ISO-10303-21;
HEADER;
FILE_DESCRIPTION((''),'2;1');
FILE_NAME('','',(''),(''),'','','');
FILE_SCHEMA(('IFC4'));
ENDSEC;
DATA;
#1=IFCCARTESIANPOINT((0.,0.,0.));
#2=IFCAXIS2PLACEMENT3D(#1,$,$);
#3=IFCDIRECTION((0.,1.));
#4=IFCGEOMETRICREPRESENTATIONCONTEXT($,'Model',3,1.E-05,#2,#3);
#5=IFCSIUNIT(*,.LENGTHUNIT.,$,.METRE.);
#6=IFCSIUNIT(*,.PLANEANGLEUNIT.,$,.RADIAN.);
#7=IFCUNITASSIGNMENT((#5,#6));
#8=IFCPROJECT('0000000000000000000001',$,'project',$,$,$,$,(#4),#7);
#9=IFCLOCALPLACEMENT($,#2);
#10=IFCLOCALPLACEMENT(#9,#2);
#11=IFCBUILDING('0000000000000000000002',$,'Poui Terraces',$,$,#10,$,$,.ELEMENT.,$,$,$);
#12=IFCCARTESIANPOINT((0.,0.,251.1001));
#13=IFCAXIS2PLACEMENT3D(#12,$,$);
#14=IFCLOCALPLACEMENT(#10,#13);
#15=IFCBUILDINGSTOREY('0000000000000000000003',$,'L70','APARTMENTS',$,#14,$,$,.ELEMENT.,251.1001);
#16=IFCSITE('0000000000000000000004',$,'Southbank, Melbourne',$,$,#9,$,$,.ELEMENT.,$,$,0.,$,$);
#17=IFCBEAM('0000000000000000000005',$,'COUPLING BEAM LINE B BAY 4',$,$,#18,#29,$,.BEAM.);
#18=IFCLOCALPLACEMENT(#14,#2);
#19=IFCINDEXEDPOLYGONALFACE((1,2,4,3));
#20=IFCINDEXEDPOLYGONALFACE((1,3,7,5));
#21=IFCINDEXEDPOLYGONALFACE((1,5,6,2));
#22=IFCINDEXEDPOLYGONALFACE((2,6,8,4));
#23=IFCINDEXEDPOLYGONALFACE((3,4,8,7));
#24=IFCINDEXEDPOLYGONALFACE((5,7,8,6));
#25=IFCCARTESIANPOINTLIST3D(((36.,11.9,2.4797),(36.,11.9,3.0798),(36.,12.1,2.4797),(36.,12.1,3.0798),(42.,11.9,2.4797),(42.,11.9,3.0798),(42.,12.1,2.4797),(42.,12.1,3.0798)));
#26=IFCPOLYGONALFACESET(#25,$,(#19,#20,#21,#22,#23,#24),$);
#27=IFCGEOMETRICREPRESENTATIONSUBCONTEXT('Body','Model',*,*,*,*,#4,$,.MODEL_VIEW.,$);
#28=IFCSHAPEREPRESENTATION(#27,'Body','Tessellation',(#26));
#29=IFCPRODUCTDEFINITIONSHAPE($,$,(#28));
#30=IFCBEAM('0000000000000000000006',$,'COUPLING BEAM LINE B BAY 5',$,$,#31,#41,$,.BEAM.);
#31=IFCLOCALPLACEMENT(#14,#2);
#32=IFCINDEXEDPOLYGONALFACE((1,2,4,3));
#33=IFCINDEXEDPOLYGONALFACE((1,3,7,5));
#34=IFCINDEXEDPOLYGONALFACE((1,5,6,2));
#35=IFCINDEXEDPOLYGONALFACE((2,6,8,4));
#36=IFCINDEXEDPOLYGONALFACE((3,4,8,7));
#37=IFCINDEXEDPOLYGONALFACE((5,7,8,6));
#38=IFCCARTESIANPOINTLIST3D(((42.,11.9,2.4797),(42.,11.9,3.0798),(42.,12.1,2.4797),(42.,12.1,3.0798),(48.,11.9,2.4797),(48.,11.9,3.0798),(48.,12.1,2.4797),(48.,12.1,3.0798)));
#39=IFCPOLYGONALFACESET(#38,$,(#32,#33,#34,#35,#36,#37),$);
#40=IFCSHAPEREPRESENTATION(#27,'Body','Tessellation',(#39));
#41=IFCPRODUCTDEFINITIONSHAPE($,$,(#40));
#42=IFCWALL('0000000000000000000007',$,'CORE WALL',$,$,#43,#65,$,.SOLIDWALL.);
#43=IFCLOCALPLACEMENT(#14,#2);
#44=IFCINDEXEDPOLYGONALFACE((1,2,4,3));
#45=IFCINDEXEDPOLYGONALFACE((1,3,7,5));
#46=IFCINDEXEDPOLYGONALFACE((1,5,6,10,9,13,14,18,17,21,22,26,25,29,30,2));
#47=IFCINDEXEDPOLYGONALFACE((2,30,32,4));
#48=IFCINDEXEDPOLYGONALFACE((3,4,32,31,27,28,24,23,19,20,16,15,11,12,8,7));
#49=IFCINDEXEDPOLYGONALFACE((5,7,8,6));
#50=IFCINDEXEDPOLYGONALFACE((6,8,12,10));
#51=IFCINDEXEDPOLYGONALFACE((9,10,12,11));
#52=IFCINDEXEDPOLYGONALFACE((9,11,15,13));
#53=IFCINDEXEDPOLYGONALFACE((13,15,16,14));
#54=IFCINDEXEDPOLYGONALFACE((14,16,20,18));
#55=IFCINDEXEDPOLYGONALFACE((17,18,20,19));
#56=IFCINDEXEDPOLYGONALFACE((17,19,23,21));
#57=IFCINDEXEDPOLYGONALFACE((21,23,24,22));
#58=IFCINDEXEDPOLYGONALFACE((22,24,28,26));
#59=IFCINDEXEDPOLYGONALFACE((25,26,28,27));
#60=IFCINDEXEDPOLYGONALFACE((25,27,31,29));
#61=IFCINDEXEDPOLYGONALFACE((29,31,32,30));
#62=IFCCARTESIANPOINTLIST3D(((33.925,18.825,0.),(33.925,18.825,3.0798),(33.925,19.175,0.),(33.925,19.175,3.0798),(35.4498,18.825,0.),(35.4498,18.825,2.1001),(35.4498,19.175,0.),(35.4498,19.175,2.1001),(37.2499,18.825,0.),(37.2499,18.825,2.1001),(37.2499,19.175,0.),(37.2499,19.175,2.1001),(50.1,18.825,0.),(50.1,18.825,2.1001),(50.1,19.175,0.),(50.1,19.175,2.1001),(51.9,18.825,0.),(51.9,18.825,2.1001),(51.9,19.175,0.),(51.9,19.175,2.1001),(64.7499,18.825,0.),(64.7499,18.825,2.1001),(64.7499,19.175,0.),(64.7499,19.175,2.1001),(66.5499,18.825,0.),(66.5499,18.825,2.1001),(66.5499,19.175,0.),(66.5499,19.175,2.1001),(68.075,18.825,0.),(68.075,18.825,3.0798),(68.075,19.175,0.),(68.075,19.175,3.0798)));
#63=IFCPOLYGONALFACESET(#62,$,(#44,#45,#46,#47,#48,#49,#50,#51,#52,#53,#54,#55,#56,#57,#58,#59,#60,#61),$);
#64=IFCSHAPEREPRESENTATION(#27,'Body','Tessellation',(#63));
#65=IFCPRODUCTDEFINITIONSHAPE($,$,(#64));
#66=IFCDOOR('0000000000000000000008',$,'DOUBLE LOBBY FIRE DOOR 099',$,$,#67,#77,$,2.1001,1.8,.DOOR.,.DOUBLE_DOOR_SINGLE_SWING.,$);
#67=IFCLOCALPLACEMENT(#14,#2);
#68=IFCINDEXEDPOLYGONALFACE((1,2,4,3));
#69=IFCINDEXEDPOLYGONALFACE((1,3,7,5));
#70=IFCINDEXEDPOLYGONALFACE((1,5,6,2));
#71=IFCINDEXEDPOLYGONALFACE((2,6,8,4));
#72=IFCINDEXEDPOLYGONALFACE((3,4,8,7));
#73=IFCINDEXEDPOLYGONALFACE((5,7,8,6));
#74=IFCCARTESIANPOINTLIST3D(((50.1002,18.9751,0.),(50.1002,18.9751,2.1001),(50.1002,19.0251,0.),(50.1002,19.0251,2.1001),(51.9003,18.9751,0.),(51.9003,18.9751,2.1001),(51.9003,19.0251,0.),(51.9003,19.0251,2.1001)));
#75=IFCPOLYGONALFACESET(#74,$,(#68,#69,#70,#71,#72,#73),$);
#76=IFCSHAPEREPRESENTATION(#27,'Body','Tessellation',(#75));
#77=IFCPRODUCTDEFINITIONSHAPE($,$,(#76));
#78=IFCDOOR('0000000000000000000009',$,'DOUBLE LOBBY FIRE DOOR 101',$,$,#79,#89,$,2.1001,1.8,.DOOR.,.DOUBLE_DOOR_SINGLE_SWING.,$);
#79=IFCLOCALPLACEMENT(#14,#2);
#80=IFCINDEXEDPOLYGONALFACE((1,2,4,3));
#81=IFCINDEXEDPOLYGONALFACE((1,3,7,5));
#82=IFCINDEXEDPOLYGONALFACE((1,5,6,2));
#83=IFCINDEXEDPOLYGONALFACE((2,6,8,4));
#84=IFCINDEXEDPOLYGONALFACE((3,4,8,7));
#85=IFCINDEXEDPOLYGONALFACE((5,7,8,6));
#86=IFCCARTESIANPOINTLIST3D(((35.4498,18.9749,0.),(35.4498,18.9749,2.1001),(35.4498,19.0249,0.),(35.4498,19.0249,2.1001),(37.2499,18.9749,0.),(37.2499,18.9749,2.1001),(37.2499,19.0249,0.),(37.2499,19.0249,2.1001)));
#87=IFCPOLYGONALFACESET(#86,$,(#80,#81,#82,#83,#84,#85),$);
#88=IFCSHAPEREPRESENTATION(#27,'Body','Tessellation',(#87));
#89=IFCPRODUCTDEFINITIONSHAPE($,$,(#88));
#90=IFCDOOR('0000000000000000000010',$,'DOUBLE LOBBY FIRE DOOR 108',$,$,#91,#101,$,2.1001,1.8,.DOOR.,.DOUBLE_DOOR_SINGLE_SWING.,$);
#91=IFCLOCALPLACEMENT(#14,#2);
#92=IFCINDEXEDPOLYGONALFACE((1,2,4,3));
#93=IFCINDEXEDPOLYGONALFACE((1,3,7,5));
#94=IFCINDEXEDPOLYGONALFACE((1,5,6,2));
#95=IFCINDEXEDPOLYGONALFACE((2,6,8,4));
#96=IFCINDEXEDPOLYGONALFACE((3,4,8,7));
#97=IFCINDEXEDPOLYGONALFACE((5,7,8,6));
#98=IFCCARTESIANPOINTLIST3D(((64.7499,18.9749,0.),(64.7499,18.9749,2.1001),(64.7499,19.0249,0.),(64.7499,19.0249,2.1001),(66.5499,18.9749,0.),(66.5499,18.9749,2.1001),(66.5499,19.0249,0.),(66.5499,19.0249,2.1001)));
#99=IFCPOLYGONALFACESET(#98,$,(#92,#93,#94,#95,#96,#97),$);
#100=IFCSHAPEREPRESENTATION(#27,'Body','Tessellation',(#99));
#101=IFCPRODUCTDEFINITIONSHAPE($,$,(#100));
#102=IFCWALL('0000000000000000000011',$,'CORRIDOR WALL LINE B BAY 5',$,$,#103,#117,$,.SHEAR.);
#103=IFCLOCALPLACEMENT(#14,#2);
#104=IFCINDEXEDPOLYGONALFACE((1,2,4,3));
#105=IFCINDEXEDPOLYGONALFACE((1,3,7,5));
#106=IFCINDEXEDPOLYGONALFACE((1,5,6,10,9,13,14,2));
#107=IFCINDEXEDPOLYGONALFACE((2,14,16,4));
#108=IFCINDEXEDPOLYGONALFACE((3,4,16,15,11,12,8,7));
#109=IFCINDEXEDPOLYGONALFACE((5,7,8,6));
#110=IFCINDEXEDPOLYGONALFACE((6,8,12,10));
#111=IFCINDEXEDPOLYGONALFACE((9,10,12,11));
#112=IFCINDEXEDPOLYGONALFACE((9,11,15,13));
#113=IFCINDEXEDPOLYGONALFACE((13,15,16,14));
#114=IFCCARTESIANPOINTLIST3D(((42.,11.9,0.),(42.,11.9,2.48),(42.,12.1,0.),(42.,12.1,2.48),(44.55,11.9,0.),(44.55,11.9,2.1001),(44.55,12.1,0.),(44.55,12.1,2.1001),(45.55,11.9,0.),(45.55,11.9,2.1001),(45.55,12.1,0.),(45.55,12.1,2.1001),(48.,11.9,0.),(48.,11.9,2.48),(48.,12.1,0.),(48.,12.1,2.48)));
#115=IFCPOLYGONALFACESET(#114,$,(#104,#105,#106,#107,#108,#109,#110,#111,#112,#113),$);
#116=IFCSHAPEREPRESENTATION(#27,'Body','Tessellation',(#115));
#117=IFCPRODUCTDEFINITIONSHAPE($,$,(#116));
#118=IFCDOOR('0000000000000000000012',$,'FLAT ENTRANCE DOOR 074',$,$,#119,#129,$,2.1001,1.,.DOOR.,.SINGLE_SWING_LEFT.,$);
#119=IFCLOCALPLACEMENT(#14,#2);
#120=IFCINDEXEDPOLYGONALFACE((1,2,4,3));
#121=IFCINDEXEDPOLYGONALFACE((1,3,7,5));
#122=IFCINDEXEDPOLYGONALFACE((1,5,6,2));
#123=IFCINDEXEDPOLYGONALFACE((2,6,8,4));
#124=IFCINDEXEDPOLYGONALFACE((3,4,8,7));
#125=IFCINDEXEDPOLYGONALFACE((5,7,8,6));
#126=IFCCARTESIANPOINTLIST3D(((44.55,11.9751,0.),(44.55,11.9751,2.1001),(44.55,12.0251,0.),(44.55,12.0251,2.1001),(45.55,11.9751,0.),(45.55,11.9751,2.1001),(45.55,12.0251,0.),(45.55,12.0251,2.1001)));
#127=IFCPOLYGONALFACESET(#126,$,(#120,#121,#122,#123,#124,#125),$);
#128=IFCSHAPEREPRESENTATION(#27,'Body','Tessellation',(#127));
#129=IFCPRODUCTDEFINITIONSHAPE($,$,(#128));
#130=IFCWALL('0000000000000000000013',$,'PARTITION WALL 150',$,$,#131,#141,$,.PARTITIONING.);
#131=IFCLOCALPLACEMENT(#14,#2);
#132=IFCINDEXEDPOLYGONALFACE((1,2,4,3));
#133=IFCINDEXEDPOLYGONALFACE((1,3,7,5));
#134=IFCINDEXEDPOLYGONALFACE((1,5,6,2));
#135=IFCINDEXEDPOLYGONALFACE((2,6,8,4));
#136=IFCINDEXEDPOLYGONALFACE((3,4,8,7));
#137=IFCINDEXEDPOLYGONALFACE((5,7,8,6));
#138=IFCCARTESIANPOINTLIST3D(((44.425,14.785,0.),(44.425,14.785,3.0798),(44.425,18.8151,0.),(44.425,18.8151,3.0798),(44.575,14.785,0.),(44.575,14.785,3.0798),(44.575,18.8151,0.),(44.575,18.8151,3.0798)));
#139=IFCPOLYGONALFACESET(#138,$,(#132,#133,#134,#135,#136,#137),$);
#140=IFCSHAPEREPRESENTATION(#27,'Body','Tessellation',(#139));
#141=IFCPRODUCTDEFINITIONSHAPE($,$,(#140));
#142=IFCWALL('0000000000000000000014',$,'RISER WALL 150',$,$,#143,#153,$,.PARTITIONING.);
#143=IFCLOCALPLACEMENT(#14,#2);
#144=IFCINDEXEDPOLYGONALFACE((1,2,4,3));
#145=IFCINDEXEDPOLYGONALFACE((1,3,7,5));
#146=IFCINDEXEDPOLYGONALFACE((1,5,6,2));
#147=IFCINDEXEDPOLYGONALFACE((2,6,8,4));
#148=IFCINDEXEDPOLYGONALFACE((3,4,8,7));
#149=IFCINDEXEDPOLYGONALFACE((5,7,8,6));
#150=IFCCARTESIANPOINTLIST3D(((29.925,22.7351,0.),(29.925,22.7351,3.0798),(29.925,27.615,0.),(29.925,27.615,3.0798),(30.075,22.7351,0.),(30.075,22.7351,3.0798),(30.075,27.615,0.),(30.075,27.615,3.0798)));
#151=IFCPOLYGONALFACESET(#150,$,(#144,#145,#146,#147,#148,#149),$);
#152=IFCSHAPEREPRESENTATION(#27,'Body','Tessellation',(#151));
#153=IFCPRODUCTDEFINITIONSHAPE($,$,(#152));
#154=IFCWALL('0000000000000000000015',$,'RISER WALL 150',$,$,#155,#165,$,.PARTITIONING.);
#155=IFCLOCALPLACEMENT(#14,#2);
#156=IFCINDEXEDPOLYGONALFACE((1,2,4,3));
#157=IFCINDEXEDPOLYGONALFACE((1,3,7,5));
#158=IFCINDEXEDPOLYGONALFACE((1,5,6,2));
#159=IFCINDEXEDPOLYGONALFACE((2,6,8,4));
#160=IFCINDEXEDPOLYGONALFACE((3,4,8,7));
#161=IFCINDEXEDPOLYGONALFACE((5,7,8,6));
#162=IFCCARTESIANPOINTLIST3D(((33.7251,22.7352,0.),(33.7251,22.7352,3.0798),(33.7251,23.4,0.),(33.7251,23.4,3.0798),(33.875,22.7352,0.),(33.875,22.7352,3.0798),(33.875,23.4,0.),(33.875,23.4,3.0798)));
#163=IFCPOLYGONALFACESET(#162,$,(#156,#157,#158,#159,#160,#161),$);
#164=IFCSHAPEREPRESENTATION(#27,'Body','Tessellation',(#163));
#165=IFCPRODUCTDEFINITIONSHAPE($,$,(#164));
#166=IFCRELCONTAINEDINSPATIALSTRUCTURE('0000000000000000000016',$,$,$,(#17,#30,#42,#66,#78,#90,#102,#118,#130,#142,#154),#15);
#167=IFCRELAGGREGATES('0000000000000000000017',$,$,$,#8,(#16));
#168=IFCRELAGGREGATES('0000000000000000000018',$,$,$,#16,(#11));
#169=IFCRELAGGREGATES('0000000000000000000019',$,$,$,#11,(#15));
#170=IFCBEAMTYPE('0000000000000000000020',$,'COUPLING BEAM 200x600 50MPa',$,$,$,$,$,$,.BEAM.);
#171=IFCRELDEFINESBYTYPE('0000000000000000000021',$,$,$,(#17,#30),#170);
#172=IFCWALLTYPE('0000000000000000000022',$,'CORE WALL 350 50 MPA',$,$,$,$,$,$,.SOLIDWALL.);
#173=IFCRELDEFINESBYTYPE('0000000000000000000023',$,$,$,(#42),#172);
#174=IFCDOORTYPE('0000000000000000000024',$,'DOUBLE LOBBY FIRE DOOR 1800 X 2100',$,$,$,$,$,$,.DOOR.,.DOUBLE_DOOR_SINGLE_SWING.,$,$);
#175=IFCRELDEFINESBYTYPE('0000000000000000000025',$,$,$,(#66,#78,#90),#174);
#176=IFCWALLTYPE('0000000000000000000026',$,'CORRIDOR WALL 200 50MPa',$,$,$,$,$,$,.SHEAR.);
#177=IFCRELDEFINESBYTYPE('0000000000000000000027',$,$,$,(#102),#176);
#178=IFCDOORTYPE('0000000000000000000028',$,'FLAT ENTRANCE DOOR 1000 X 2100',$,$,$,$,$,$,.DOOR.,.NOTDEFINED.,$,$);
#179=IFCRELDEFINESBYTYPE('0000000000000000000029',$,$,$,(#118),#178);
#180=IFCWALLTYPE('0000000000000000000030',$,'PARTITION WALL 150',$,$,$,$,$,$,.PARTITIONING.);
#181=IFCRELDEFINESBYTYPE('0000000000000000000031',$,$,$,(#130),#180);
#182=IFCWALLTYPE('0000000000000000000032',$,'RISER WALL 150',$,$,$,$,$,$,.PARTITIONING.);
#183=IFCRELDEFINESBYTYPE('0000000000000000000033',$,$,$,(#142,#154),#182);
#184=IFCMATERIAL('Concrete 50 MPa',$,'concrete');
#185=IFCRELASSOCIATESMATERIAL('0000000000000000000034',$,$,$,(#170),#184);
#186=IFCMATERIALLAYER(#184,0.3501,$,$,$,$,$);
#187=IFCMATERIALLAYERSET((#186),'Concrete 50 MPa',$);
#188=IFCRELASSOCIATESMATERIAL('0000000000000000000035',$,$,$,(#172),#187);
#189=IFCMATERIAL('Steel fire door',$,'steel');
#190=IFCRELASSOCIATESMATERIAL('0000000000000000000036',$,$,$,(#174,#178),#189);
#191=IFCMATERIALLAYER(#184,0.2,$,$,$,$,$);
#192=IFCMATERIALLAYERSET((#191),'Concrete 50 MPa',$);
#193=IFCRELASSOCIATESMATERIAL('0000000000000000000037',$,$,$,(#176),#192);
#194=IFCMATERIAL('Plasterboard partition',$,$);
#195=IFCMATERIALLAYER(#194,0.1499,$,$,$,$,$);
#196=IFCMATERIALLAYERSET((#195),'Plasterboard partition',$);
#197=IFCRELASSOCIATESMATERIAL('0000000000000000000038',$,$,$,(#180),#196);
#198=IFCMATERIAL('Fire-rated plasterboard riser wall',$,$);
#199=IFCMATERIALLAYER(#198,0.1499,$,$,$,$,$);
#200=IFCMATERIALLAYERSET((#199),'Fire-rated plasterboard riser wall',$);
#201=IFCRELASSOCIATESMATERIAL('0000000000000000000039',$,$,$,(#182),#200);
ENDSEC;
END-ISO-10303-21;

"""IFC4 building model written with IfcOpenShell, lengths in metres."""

from ifc_helpers import new_model, si_unit, direction, frame, frame_2d, origin, origin_2d, place, context, subcontext, project, spatial, rectangle, extrude, source, transform, mapped, material, layer, layer_set, material_profile, profile_set, type_object, element, fill, save


model = new_model("IFC4")

# Units and contexts
model_context = context("Model", 3, precision=1e-05, world=origin(), true_north=direction((0.0, 1.0)))
body_context = subcontext(model_context, "Body", "Model", "MODEL_VIEW")
ifc_project = project(units=[si_unit("LENGTHUNIT", "METRE"), si_unit("PLANEANGLEUNIT", "RADIAN")], contexts=[model_context])

# Site, building, storey
site_placement = place(None, origin())
site = spatial("IfcSite", under=ifc_project, at=site_placement, Name="Southbank, Melbourne", CompositionType="ELEMENT", RefElevation=0.0)
building_placement = place(site_placement, origin())
building = spatial("IfcBuilding", under=site, at=building_placement, Name="Poui Terraces", CompositionType="ELEMENT")
storey_placement = place(building_placement, frame((0.0, 0.0, 251.1001)))
storey = spatial("IfcBuildingStorey", under=building, at=storey_placement, Name="L70", Description="APARTMENTS", CompositionType="ELEMENT", Elevation=251.1001)

# Beams
ifc_material_1 = material(Name="Concrete 50 MPa", Category="concrete")
ifc_material_profile = material_profile(ifc_material_1, rectangle(XDim=0.2, YDim=0.6001, at=origin_2d()), Name="RC 200x600")
ifc_profile_set = profile_set([ifc_material_profile], Name="Concrete 50 MPa")
beam_type = type_object("IfcBeamType", Name="COUPLING BEAM 200x600 50MPa", PredefinedType="BEAM", material=ifc_profile_set)
shared_shape = source(origin(), body_context, "Body", "SweptSolid", [
    extrude(rectangle(XDim=0.2, YDim=0.6001, at=origin_2d()), origin(), (0.0, 0.0, 1.0), 6.0),
])
for number, where, z_axis, x_axis, name in (
    (1, (36.0, 12.0, 2.7798), (1.0, 0.0, 0.0), (0.0, 1.0, 0.0), "COUPLING BEAM LINE B BAY 4"),
    (2, (42.0, 12.0, 2.7798), (1.0, 0.0, 0.0), (0.0, 1.0, 0.0), "COUPLING BEAM LINE B BAY 5"),
):
    element("IfcBeam", number, at=place(storey_placement, frame(where, z_axis=z_axis, x_axis=x_axis)), inside=storey, type_object=beam_type, Name=name, PredefinedType="BEAM", context=body_context, shape_type="MappedRepresentation", body=[
        mapped(shared_shape, transform((0.0, 0.0, 0.0))),
    ])

# Wall, openings, doors
ifc_layer_1 = layer(ifc_material_1, 0.3501)
ifc_layer_set_1 = layer_set([ifc_layer_1], Name="Concrete 50 MPa")
wall_type_1 = type_object("IfcWallType", Name="CORE WALL 350 50 MPA", PredefinedType="SOLIDWALL", material=ifc_layer_set_1)
wall_1_placement = place(storey_placement, frame((33.925, 19.0, 0.0), z_axis=(0.0, 0.0, 1.0), x_axis=(1.0, 0.0, 0.0)))
wall_1 = element("IfcWall", 3, at=wall_1_placement, inside=storey, type_object=wall_type_1, Name="CORE WALL", PredefinedType="SOLIDWALL", context=body_context, shape_type="SweptSolid", body=[
    extrude(rectangle(XDim=34.1499, YDim=0.3501, at=frame_2d((17.075, 0.0))), origin(), (0.0, 0.0, 1.0), 3.0798),
])
opening_1_placement = place(wall_1_placement, frame((16.175, 0.0, 0.0)))
opening_1 = element("IfcOpeningElement", 4, at=opening_1_placement, cuts=wall_1, PredefinedType="OPENING", context=body_context, shape_type="SweptSolid", body=[
    extrude(rectangle(XDim=1.8, YDim=2.1001, at=frame_2d((0.8999, 1.05))), frame((0.0, 0.1851, 0.0), z_axis=(0.0, -1.0, 0.0), x_axis=(1.0, 0.0, 0.0)), (0.0, 0.0, 1.0), 0.3701),
])
opening_2_placement = place(wall_1_placement, frame((1.5249, 0.0, 0.0)))
opening_2 = element("IfcOpeningElement", 5, at=opening_2_placement, cuts=wall_1, PredefinedType="OPENING", context=body_context, shape_type="SweptSolid", body=[
    extrude(rectangle(XDim=1.8, YDim=2.1001, at=frame_2d((0.8999, 1.05))), frame((0.0, 0.1851, 0.0), z_axis=(0.0, -1.0, 0.0), x_axis=(1.0, 0.0, 0.0)), (0.0, 0.0, 1.0), 0.3701),
])
opening_3_placement = place(wall_1_placement, frame((30.825, 0.0, 0.0)))
opening_3 = element("IfcOpeningElement", 6, at=opening_3_placement, cuts=wall_1, PredefinedType="OPENING", context=body_context, shape_type="SweptSolid", body=[
    extrude(rectangle(XDim=1.8, YDim=2.1001, at=frame_2d((0.8999, 1.05))), frame((0.0, 0.1851, 0.0), z_axis=(0.0, -1.0, 0.0), x_axis=(1.0, 0.0, 0.0)), (0.0, 0.0, 1.0), 0.3701),
])
ifc_material_2 = material(Name="Steel fire door", Category="steel")
door_type_1 = type_object("IfcDoorType", Name="DOUBLE LOBBY FIRE DOOR 1800 X 2100", OperationType="DOUBLE_DOOR_SINGLE_SWING", PredefinedType="DOOR", material=ifc_material_2)
door_1_placement = place(opening_1_placement, frame((1.8, 0.0, 0.0), z_axis=(0.0, 0.0, 1.0), x_axis=(-1.0, 0.0, 0.0)))
door_1 = element("IfcDoor", 7, at=door_1_placement, inside=storey, type_object=door_type_1, Name="DOUBLE LOBBY FIRE DOOR 099", OperationType="DOUBLE_DOOR_SINGLE_SWING", OverallHeight=2.1001, OverallWidth=1.8, PredefinedType="DOOR", context=body_context, shape_type="SweptSolid", body=[
    extrude(rectangle(XDim=1.8, YDim=2.1001, at=frame_2d((0.8999, 1.05))), frame((0.0, 0.0249, 0.0), z_axis=(0.0, -1.0, 0.0), x_axis=(1.0, 0.0, 0.0)), (0.0, 0.0, 1.0), 0.05),
])
fill(opening_1, door_1)
door_2_placement = place(opening_2_placement, origin())
door_2 = element("IfcDoor", 8, at=door_2_placement, inside=storey, type_object=door_type_1, Name="DOUBLE LOBBY FIRE DOOR 101", OperationType="DOUBLE_DOOR_SINGLE_SWING", OverallHeight=2.1001, OverallWidth=1.8, PredefinedType="DOOR", context=body_context, shape_type="SweptSolid", body=[
    extrude(rectangle(XDim=1.8, YDim=2.1001, at=frame_2d((0.8999, 1.05))), frame((0.0, 0.0249, 0.0), z_axis=(0.0, -1.0, 0.0), x_axis=(1.0, 0.0, 0.0)), (0.0, 0.0, 1.0), 0.05),
])
fill(opening_2, door_2)
door_3_placement = place(opening_3_placement, origin())
door_3 = element("IfcDoor", 9, at=door_3_placement, inside=storey, type_object=door_type_1, Name="DOUBLE LOBBY FIRE DOOR 108", OperationType="DOUBLE_DOOR_SINGLE_SWING", OverallHeight=2.1001, OverallWidth=1.8, PredefinedType="DOOR", context=body_context, shape_type="SweptSolid", body=[
    extrude(rectangle(XDim=1.8, YDim=2.1001, at=frame_2d((0.8999, 1.05))), frame((0.0, 0.0249, 0.0), z_axis=(0.0, -1.0, 0.0), x_axis=(1.0, 0.0, 0.0)), (0.0, 0.0, 1.0), 0.05),
])
fill(opening_3, door_3)

# Wall, opening, door
ifc_layer_2 = layer(ifc_material_1, 0.2)
ifc_layer_set_2 = layer_set([ifc_layer_2], Name="Concrete 50 MPa")
wall_type_2 = type_object("IfcWallType", Name="CORRIDOR WALL 200 50MPa", PredefinedType="SHEAR", material=ifc_layer_set_2)
wall_2_placement = place(storey_placement, frame((42.0, 12.0, 0.0), z_axis=(0.0, 0.0, 1.0), x_axis=(1.0, 0.0, 0.0)))
wall_2 = element("IfcWall", 10, at=wall_2_placement, inside=storey, type_object=wall_type_2, Name="CORRIDOR WALL LINE B BAY 5", PredefinedType="SHEAR", context=body_context, shape_type="SweptSolid", body=[
    extrude(rectangle(XDim=6.0, YDim=0.2, at=frame_2d((3.0, 0.0))), origin(), (0.0, 0.0, 1.0), 2.48),
])
opening_4_placement = place(wall_2_placement, frame((2.55, 0.0, 0.0)))
opening_4 = element("IfcOpeningElement", 11, at=opening_4_placement, cuts=wall_2, PredefinedType="OPENING", context=body_context, shape_type="SweptSolid", body=[
    extrude(rectangle(XDim=1.0, YDim=2.1001, at=frame_2d((0.5, 1.05))), frame((0.0, 0.1099, 0.0), z_axis=(0.0, -1.0, 0.0), x_axis=(1.0, 0.0, 0.0)), (0.0, 0.0, 1.0), 0.22),
])
door_type_2 = type_object("IfcDoorType", Name="FLAT ENTRANCE DOOR 1000 X 2100", OperationType="NOTDEFINED", PredefinedType="DOOR", material=ifc_material_2)
door_4_placement = place(opening_4_placement, frame((1.0, 0.0, 0.0), z_axis=(0.0, 0.0, 1.0), x_axis=(-1.0, 0.0, 0.0)))
door_4 = element("IfcDoor", 12, at=door_4_placement, inside=storey, type_object=door_type_2, Name="FLAT ENTRANCE DOOR 074", OperationType="SINGLE_SWING_LEFT", OverallHeight=2.1001, OverallWidth=1.0, PredefinedType="DOOR", context=body_context, shape_type="SweptSolid", body=[
    extrude(rectangle(XDim=1.0, YDim=2.1001, at=frame_2d((0.5, 1.05))), frame((0.0, 0.0249, 0.0), z_axis=(0.0, -1.0, 0.0), x_axis=(1.0, 0.0, 0.0)), (0.0, 0.0, 1.0), 0.05),
])
fill(opening_4, door_4)

# Walls
ifc_material_3 = material(Name="Plasterboard partition")
ifc_layer_3 = layer(ifc_material_3, 0.1499)
ifc_layer_set_3 = layer_set([ifc_layer_3], Name="Plasterboard partition")
wall_type_3 = type_object("IfcWallType", Name="PARTITION WALL 150", PredefinedType="PARTITIONING", material=ifc_layer_set_3)
wall_3_placement = place(storey_placement, frame((44.5, 14.7849, 0.0), z_axis=(0.0, 0.0, 1.0), x_axis=(0.0, 1.0, 0.0)))
element("IfcWall", 13, at=wall_3_placement, inside=storey, type_object=wall_type_3, Name="PARTITION WALL 150", PredefinedType="PARTITIONING", context=body_context, shape_type="SweptSolid", body=[
    extrude(rectangle(XDim=4.03, YDim=0.1499, at=frame_2d((2.0151, 0.0))), origin(), (0.0, 0.0, 1.0), 3.0798),
])
ifc_material_4 = material(Name="Fire-rated plasterboard riser wall")
ifc_layer_4 = layer(ifc_material_4, 0.1499)
ifc_layer_set_4 = layer_set([ifc_layer_4], Name="Fire-rated plasterboard riser wall")
wall_type_4 = type_object("IfcWallType", Name="RISER WALL 150", PredefinedType="PARTITIONING", material=ifc_layer_set_4)
wall_4_placement = place(storey_placement, frame((30.0, 22.7351, 0.0), z_axis=(0.0, 0.0, 1.0), x_axis=(0.0, 1.0, 0.0)))
element("IfcWall", 14, at=wall_4_placement, inside=storey, type_object=wall_type_4, Name="RISER WALL 150", PredefinedType="PARTITIONING", context=body_context, shape_type="SweptSolid", body=[
    extrude(rectangle(XDim=4.8799, YDim=0.1499, at=frame_2d((2.4399, 0.0))), origin(), (0.0, 0.0, 1.0), 3.0798),
])
wall_5_placement = place(storey_placement, frame((33.8, 22.7351, 0.0), z_axis=(0.0, 0.0, 1.0), x_axis=(0.0, 1.0, 0.0)))
element("IfcWall", 15, at=wall_5_placement, inside=storey, type_object=wall_type_4, Name="RISER WALL 150", PredefinedType="PARTITIONING", context=body_context, shape_type="SweptSolid", body=[
    extrude(rectangle(XDim=0.6648, YDim=0.1499, at=frame_2d((0.3325, 0.0))), origin(), (0.0, 0.0, 1.0), 3.0798),
])

save(model, "model.ifc")
